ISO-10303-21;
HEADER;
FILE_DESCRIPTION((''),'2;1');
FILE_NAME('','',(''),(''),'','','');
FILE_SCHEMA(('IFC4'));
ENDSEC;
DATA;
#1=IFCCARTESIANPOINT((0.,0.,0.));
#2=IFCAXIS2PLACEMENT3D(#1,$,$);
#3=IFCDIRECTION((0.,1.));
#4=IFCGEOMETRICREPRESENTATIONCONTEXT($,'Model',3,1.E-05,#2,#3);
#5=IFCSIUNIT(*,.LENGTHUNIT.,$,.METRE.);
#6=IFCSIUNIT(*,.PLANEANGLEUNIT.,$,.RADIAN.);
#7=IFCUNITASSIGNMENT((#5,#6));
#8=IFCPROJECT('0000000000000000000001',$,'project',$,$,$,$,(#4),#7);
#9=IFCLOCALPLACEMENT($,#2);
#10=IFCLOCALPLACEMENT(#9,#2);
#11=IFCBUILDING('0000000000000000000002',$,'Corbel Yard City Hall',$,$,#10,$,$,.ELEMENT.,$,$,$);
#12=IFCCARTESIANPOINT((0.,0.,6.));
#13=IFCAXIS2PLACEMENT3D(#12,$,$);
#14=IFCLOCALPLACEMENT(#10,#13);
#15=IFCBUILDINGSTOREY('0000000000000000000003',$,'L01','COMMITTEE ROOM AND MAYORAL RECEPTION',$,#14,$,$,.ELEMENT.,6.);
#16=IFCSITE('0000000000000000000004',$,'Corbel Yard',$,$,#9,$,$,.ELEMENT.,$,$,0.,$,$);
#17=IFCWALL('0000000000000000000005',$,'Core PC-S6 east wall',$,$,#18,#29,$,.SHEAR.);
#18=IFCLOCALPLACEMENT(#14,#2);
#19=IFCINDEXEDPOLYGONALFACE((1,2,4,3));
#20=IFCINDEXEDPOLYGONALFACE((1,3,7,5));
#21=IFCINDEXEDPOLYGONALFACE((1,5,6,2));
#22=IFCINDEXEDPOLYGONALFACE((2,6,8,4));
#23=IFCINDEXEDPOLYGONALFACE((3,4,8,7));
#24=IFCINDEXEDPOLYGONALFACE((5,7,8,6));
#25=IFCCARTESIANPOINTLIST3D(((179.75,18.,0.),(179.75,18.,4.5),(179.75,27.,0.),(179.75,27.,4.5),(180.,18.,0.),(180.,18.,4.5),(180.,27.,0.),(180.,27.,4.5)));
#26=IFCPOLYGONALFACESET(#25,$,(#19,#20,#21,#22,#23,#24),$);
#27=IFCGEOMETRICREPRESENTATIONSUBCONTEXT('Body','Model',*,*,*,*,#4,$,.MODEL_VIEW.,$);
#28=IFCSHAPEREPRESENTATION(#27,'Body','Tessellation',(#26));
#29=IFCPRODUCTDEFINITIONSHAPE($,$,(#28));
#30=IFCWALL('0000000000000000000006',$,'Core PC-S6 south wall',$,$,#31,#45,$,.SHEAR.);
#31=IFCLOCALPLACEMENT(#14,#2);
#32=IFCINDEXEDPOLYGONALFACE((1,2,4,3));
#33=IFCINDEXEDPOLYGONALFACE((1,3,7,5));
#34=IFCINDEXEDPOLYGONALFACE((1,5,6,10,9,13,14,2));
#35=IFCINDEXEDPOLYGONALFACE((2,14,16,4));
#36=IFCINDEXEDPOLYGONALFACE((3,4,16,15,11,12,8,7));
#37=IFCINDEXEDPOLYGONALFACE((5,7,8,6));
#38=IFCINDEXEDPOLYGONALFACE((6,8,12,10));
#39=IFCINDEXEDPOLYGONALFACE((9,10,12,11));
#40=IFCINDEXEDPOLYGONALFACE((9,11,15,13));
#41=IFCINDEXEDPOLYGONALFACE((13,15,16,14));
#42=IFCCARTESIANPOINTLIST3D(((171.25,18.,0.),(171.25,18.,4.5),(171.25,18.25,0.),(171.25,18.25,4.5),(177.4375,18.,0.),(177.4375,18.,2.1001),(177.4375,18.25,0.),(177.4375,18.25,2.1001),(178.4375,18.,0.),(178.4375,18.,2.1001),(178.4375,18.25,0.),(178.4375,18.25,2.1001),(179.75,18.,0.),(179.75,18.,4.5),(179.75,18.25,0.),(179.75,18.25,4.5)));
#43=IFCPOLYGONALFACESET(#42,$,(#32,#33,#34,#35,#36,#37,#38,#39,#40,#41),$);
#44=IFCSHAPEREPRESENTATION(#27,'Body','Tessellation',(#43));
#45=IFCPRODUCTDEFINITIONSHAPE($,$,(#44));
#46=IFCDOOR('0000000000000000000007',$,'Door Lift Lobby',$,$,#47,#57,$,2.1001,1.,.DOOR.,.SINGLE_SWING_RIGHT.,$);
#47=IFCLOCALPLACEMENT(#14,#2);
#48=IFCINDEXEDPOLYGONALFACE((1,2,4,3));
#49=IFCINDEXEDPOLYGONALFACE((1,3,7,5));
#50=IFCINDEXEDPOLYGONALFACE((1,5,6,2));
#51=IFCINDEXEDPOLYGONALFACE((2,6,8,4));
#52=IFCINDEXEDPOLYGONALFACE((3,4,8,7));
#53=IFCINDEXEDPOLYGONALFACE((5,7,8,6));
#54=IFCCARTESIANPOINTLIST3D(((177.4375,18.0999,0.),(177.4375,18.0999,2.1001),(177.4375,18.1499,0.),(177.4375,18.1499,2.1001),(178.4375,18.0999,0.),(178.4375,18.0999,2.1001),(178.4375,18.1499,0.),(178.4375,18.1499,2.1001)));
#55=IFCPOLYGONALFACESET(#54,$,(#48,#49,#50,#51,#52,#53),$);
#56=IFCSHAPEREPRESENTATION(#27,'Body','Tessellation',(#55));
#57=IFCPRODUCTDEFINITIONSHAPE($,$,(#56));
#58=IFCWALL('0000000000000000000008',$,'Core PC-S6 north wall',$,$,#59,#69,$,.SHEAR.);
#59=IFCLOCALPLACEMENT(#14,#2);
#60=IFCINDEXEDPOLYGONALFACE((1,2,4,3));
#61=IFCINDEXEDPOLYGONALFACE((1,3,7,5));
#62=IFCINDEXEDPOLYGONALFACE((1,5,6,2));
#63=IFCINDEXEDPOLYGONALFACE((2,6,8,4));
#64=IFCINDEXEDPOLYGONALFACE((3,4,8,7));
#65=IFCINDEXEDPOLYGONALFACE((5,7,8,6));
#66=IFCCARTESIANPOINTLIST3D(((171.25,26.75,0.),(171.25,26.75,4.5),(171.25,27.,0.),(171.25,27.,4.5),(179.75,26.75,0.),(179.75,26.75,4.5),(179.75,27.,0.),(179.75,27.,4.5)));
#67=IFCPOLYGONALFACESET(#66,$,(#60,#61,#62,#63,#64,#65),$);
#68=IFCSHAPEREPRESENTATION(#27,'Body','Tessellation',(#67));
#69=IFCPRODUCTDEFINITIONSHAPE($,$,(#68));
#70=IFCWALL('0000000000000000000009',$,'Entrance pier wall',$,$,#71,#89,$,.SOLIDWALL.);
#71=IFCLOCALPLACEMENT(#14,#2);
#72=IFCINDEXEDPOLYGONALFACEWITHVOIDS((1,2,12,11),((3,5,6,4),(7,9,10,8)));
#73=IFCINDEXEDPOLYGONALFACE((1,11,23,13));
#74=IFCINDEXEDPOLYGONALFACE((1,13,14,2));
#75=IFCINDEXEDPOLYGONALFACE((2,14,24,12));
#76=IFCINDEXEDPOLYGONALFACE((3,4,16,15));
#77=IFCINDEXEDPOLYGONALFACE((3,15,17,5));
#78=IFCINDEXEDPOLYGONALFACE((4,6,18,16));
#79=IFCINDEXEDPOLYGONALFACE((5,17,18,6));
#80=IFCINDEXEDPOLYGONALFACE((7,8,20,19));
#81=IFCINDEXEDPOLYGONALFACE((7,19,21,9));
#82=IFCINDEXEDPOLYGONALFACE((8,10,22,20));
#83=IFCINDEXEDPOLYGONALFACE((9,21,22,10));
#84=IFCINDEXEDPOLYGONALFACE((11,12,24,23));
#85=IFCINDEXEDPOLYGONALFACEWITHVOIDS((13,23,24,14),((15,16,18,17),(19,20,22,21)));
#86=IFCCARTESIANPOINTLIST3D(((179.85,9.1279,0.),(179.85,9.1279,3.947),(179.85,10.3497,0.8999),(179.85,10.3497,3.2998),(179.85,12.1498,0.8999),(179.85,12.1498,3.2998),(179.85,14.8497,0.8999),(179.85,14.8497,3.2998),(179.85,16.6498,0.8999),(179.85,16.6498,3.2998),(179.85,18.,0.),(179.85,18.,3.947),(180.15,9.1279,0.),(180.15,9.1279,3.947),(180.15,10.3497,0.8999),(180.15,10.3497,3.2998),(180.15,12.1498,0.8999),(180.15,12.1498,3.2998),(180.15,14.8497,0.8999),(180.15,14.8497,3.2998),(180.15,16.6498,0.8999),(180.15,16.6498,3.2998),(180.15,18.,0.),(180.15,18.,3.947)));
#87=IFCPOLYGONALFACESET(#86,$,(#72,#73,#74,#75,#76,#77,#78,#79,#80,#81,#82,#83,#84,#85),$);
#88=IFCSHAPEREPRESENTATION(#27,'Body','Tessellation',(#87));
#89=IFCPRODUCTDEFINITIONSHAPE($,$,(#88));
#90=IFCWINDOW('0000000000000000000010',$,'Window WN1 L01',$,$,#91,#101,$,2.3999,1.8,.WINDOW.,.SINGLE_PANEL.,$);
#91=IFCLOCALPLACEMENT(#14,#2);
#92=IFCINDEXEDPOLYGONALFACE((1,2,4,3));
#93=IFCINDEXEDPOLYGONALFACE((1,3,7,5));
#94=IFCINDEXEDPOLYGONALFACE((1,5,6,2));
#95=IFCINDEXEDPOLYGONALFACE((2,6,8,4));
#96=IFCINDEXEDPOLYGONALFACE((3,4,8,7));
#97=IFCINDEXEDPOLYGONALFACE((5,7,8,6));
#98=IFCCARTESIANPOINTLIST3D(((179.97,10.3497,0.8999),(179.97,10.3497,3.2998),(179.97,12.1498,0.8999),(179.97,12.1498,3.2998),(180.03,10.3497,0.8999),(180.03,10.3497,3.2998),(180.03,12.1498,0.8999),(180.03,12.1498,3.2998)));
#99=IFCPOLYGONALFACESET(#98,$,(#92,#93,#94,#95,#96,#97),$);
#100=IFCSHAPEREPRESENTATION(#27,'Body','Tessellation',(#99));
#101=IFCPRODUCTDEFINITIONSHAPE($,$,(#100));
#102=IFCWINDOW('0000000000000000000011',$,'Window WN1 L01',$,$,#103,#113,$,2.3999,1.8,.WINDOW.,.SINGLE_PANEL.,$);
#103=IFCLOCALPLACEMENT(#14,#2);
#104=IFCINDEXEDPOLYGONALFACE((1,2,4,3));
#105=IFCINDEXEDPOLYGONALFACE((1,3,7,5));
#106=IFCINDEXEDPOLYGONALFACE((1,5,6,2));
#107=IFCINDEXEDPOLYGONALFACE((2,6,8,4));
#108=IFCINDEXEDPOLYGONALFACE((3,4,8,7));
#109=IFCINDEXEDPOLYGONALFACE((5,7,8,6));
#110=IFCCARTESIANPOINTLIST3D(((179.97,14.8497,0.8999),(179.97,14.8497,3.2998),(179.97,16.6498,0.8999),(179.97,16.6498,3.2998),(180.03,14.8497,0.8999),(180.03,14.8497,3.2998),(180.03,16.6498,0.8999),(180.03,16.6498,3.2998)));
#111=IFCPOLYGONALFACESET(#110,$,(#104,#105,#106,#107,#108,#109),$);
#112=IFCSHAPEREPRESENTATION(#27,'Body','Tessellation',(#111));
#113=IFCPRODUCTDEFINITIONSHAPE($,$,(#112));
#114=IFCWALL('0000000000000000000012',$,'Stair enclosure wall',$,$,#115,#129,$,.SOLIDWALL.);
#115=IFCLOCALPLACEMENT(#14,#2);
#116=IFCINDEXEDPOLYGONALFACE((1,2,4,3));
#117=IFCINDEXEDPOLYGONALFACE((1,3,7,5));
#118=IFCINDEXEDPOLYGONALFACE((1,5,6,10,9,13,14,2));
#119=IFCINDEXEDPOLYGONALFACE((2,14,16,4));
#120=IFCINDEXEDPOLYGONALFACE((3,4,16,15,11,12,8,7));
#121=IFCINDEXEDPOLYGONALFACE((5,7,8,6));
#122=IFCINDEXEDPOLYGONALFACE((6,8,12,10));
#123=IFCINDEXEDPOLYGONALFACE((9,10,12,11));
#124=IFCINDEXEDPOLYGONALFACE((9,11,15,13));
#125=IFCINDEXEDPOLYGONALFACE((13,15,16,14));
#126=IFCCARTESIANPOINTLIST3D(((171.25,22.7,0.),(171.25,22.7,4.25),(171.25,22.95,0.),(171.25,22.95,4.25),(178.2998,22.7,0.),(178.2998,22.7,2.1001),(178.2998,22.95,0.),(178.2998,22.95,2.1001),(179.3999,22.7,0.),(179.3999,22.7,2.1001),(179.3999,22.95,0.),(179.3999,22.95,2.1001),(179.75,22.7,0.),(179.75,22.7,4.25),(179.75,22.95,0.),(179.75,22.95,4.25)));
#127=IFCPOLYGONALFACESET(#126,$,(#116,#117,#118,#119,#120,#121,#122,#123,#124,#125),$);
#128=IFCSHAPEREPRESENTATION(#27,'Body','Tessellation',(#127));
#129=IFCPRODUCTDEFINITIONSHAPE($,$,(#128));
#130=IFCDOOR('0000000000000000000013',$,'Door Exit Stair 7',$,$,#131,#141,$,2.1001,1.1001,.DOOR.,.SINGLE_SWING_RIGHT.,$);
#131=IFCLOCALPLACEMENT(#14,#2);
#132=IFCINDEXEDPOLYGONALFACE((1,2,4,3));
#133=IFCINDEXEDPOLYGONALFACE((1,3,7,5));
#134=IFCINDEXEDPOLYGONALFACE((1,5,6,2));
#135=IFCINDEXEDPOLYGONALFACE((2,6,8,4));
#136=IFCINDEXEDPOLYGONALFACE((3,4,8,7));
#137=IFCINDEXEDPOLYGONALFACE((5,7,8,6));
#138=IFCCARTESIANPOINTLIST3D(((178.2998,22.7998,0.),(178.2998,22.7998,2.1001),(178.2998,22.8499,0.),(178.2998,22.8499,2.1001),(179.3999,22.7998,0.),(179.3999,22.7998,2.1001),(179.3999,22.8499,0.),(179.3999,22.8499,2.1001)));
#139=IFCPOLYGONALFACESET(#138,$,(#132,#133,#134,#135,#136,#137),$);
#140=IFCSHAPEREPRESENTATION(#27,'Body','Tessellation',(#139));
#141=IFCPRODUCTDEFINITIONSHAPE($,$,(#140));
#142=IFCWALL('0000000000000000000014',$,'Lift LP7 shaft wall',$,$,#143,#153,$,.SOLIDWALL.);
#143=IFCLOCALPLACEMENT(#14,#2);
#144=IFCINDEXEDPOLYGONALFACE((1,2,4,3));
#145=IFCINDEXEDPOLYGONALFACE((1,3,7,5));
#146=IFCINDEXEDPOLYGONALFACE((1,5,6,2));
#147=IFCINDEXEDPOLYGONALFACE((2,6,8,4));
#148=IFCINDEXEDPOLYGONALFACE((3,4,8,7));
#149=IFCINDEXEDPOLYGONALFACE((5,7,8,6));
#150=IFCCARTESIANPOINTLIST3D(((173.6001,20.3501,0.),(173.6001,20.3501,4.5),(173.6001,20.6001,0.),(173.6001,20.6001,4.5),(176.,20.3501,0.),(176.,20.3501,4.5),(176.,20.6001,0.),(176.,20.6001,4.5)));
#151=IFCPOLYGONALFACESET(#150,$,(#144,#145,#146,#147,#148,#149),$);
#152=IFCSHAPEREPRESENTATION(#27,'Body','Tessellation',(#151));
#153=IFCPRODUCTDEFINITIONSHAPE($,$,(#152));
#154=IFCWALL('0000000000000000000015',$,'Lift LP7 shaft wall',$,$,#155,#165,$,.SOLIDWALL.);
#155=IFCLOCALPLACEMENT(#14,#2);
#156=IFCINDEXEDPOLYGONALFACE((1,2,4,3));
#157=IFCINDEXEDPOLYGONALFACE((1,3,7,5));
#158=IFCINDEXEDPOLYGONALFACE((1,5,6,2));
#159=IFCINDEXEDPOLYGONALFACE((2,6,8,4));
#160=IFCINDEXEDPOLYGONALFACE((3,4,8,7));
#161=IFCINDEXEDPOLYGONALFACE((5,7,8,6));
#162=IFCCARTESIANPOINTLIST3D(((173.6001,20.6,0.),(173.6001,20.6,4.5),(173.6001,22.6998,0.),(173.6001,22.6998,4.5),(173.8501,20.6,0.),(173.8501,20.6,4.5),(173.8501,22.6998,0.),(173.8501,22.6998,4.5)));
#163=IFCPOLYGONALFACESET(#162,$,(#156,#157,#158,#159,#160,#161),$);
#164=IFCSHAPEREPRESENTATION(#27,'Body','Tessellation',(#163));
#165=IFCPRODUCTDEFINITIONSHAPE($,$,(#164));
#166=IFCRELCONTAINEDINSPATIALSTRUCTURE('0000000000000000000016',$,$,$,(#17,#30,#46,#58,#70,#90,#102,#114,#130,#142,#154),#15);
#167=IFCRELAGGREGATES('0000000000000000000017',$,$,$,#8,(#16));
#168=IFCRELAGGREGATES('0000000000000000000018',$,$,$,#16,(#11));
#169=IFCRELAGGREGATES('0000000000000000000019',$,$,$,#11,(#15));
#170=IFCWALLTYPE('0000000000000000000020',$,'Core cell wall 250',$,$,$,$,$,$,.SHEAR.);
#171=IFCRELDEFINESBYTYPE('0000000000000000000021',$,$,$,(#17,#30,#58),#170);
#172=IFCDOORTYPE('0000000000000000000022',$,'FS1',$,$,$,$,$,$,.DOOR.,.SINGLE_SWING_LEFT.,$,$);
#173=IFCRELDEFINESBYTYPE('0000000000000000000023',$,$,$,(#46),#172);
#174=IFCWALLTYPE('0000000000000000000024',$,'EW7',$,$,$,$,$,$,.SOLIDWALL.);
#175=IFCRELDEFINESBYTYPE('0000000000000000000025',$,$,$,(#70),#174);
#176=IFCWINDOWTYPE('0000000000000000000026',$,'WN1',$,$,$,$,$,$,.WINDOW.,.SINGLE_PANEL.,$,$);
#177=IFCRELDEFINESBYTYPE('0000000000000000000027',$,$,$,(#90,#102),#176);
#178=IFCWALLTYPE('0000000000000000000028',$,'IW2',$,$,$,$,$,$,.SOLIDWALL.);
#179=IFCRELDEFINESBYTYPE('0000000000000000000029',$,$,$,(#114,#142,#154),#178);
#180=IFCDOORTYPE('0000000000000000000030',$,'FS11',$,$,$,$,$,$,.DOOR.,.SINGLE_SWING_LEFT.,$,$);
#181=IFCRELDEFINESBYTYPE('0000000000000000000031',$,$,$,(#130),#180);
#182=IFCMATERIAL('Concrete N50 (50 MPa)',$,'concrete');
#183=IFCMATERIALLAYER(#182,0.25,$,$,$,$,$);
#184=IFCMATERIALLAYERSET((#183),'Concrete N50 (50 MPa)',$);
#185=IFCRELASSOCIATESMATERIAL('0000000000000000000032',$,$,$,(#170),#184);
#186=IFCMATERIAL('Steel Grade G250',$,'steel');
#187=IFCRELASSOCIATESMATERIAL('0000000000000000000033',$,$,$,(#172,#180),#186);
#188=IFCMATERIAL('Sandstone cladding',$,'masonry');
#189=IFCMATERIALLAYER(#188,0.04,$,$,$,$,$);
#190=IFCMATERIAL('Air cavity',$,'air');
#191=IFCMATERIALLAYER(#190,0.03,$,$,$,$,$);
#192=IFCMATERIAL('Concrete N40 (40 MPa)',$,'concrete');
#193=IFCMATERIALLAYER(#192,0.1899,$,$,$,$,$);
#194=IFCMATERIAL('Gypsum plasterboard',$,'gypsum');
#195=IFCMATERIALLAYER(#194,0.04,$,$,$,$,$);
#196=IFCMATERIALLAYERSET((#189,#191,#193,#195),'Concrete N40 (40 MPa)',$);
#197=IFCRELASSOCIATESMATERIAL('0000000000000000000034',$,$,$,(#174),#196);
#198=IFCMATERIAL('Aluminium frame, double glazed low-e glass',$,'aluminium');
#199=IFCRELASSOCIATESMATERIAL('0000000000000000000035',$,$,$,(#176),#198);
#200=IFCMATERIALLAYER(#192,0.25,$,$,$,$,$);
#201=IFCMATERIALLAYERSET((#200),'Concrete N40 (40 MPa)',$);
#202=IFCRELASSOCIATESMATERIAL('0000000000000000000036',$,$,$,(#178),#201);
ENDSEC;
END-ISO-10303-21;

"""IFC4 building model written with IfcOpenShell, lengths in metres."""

from ifc_helpers import new_model, si_unit, direction, frame, frame_2d, origin, place, context, subcontext, project, spatial, rectangle, extrude, material, layer, layer_set, type_object, element, fill, save


model = new_model("IFC4")

# Units and contexts
model_context = context("Model", 3, precision=1e-05, world=origin(), true_north=direction((0.0, 1.0)))
body_context = subcontext(model_context, "Body", "Model", "MODEL_VIEW")
ifc_project = project(units=[si_unit("LENGTHUNIT", "METRE"), si_unit("PLANEANGLEUNIT", "RADIAN")], contexts=[model_context])

# Site, building, storey
site_placement = place(None, origin())
site = spatial("IfcSite", under=ifc_project, at=site_placement, Name="Corbel Yard", CompositionType="ELEMENT", RefElevation=0.0)
building_placement = place(site_placement, origin())
building = spatial("IfcBuilding", under=site, at=building_placement, Name="Corbel Yard City Hall", CompositionType="ELEMENT")
storey_placement = place(building_placement, frame((0.0, 0.0, 6.0)))
storey = spatial("IfcBuildingStorey", under=building, at=storey_placement, Name="L01", Description="COMMITTEE ROOM AND MAYORAL RECEPTION", CompositionType="ELEMENT", Elevation=6.0)

# Wall
ifc_material_1 = material(Name="Concrete N50 (50 MPa)", Category="concrete")
ifc_layer_1 = layer(ifc_material_1, 0.25)
ifc_layer_set_1 = layer_set([ifc_layer_1], Name="Concrete N50 (50 MPa)")
wall_type_1 = type_object("IfcWallType", Name="Core cell wall 250", PredefinedType="SHEAR", material=ifc_layer_set_1)
wall_1_placement = place(storey_placement, frame((179.875, 18.0, 0.0), z_axis=(0.0, 0.0, 1.0), x_axis=(0.0, 1.0, 0.0)))
element("IfcWall", 1, at=wall_1_placement, inside=storey, type_object=wall_type_1, Name="Core PC-S6 east wall", PredefinedType="SHEAR", context=body_context, shape_type="SweptSolid", body=[
    extrude(rectangle(XDim=9.0, YDim=0.25, at=frame_2d((4.5, 0.0))), origin(), (0.0, 0.0, 1.0), 4.5),
])

# Wall, opening, door
wall_2_placement = place(storey_placement, frame((171.25, 18.125, 0.0), z_axis=(0.0, 0.0, 1.0), x_axis=(1.0, 0.0, 0.0)))
wall_2 = element("IfcWall", 2, at=wall_2_placement, inside=storey, type_object=wall_type_1, Name="Core PC-S6 south wall", PredefinedType="SHEAR", context=body_context, shape_type="SweptSolid", body=[
    extrude(rectangle(XDim=8.5, YDim=0.25, at=frame_2d((4.25, 0.0))), origin(), (0.0, 0.0, 1.0), 4.5),
])
opening_1_placement = place(wall_2_placement, frame((6.1875, 0.0, 0.0)))
opening_1 = element("IfcOpeningElement", 3, at=opening_1_placement, cuts=wall_2, PredefinedType="OPENING", context=body_context, shape_type="SweptSolid", body=[
    extrude(rectangle(XDim=1.0, YDim=2.1001, at=frame_2d((0.5, 1.05))), frame((0.0, 0.135, 0.0), z_axis=(0.0, -1.0, 0.0), x_axis=(1.0, 0.0, 0.0)), (0.0, 0.0, 1.0), 0.27),
])
ifc_material_2 = material(Name="Steel Grade G250", Category="steel")
door_type_1 = type_object("IfcDoorType", Name="FS1", OperationType="SINGLE_SWING_LEFT", PredefinedType="DOOR", material=ifc_material_2)
door_1_placement = place(opening_1_placement, origin())
door_1 = element("IfcDoor", 4, at=door_1_placement, inside=storey, type_object=door_type_1, Name="Door Lift Lobby", OperationType="SINGLE_SWING_RIGHT", OverallHeight=2.1001, OverallWidth=1.0, PredefinedType="DOOR", context=body_context, shape_type="SweptSolid", body=[
    extrude(rectangle(XDim=1.0, YDim=2.1001, at=frame_2d((0.5, 1.05))), frame((0.0, 0.0249, 0.0), z_axis=(0.0, -1.0, 0.0), x_axis=(1.0, 0.0, 0.0)), (0.0, 0.0, 1.0), 0.05),
])
fill(opening_1, door_1)

# Wall
wall_3_placement = place(storey_placement, frame((171.25, 26.875, 0.0), z_axis=(0.0, 0.0, 1.0), x_axis=(1.0, 0.0, 0.0)))
element("IfcWall", 5, at=wall_3_placement, inside=storey, type_object=wall_type_1, Name="Core PC-S6 north wall", PredefinedType="SHEAR", context=body_context, shape_type="SweptSolid", body=[
    extrude(rectangle(XDim=8.5, YDim=0.25, at=frame_2d((4.25, 0.0))), origin(), (0.0, 0.0, 1.0), 4.5),
])

# Wall, openings, windows
ifc_material_3 = material(Name="Sandstone cladding", Category="masonry")
ifc_layer_2 = layer(ifc_material_3, 0.04)
ifc_material_4 = material(Name="Air cavity", Category="air")
ifc_layer_3 = layer(ifc_material_4, 0.03)
ifc_material_5 = material(Name="Concrete N40 (40 MPa)", Category="concrete")
ifc_layer_4 = layer(ifc_material_5, 0.1899)
ifc_material_6 = material(Name="Gypsum plasterboard", Category="gypsum")
ifc_layer_5 = layer(ifc_material_6, 0.04)
ifc_layer_set_2 = layer_set([ifc_layer_2, ifc_layer_3, ifc_layer_4, ifc_layer_5], Name="Concrete N40 (40 MPa)")
wall_type_2 = type_object("IfcWallType", Name="EW7", PredefinedType="SOLIDWALL", material=ifc_layer_set_2)
wall_4_placement = place(storey_placement, frame((180.0, 9.1279, 0.0), z_axis=(0.0, 0.0, 1.0), x_axis=(0.0, 1.0, 0.0)))
wall_4 = element("IfcWall", 6, at=wall_4_placement, inside=storey, type_object=wall_type_2, Name="Entrance pier wall", PredefinedType="SOLIDWALL", context=body_context, shape_type="SweptSolid", body=[
    extrude(rectangle(XDim=8.8721, YDim=0.3, at=frame_2d((4.436, 0.0))), origin(), (0.0, 0.0, 1.0), 3.947),
])
opening_2_placement = place(wall_4_placement, frame((1.2219, 0.0, 0.8999)))
opening_2 = element("IfcOpeningElement", 7, at=opening_2_placement, cuts=wall_4, PredefinedType="OPENING", context=body_context, shape_type="SweptSolid", body=[
    extrude(rectangle(XDim=1.8, YDim=2.3999, at=frame_2d((0.8999, 1.2))), frame((0.0, 0.1599, 0.0), z_axis=(0.0, -1.0, 0.0), x_axis=(1.0, 0.0, 0.0)), (0.0, 0.0, 1.0), 0.3201),
])
opening_3_placement = place(wall_4_placement, frame((5.7219, 0.0, 0.8999)))
opening_3 = element("IfcOpeningElement", 8, at=opening_3_placement, cuts=wall_4, PredefinedType="OPENING", context=body_context, shape_type="SweptSolid", body=[
    extrude(rectangle(XDim=1.8, YDim=2.3999, at=frame_2d((0.8999, 1.2))), frame((0.0, 0.1599, 0.0), z_axis=(0.0, -1.0, 0.0), x_axis=(1.0, 0.0, 0.0)), (0.0, 0.0, 1.0), 0.3201),
])
ifc_material_7 = material(Name="Aluminium frame, double glazed low-e glass", Category="aluminium")
window_type = type_object("IfcWindowType", Name="WN1", PartitioningType="SINGLE_PANEL", PredefinedType="WINDOW", material=ifc_material_7)
window_1_placement = place(opening_2_placement, origin())
window_1 = element("IfcWindow", 9, at=window_1_placement, inside=storey, type_object=window_type, Name="Window WN1 L01", OverallHeight=2.3999, OverallWidth=1.8, PartitioningType="SINGLE_PANEL", PredefinedType="WINDOW", context=body_context, shape_type="SweptSolid", body=[
    extrude(rectangle(XDim=1.8, YDim=2.3999, at=frame_2d((0.8999, 1.2))), frame((0.0, 0.03, 0.0), z_axis=(0.0, -1.0, 0.0), x_axis=(1.0, 0.0, 0.0)), (0.0, 0.0, 1.0), 0.0601),
])
fill(opening_2, window_1)
window_2_placement = place(opening_3_placement, origin())
window_2 = element("IfcWindow", 10, at=window_2_placement, inside=storey, type_object=window_type, Name="Window WN1 L01", OverallHeight=2.3999, OverallWidth=1.8, PartitioningType="SINGLE_PANEL", PredefinedType="WINDOW", context=body_context, shape_type="SweptSolid", body=[
    extrude(rectangle(XDim=1.8, YDim=2.3999, at=frame_2d((0.8999, 1.2))), frame((0.0, 0.03, 0.0), z_axis=(0.0, -1.0, 0.0), x_axis=(1.0, 0.0, 0.0)), (0.0, 0.0, 1.0), 0.0601),
])
fill(opening_3, window_2)

# Wall, opening, door
ifc_layer_6 = layer(ifc_material_5, 0.25)
ifc_layer_set_3 = layer_set([ifc_layer_6], Name="Concrete N40 (40 MPa)")
wall_type_3 = type_object("IfcWallType", Name="IW2", PredefinedType="SOLIDWALL", material=ifc_layer_set_3)
wall_5_placement = place(storey_placement, frame((179.75, 22.825, 0.0), z_axis=(0.0, 0.0, 1.0), x_axis=(-1.0, 0.0, 0.0)))
wall_5 = element("IfcWall", 11, at=wall_5_placement, inside=storey, type_object=wall_type_3, Name="Stair enclosure wall", PredefinedType="SOLIDWALL", context=body_context, shape_type="SweptSolid", body=[
    extrude(rectangle(XDim=8.5, YDim=0.25, at=frame_2d((4.25, 0.0))), origin(), (0.0, 0.0, 1.0), 4.25),
])
opening_4_placement = place(wall_5_placement, frame((0.3501, 0.0, 0.0)))
opening_4 = element("IfcOpeningElement", 12, at=opening_4_placement, cuts=wall_5, PredefinedType="OPENING", context=body_context, shape_type="SweptSolid", body=[
    extrude(rectangle(XDim=1.1001, YDim=2.1001, at=frame_2d((0.55, 1.05))), frame((0.0, 0.135, 0.0), z_axis=(0.0, -1.0, 0.0), x_axis=(1.0, 0.0, 0.0)), (0.0, 0.0, 1.0), 0.27),
])
door_type_2 = type_object("IfcDoorType", Name="FS11", OperationType="SINGLE_SWING_LEFT", PredefinedType="DOOR", material=ifc_material_2)
door_2_placement = place(opening_4_placement, frame((1.1001, 0.0, 0.0), z_axis=(0.0, 0.0, 1.0), x_axis=(-1.0, 0.0, 0.0)))
door_2 = element("IfcDoor", 13, at=door_2_placement, inside=storey, type_object=door_type_2, Name="Door Exit Stair 7", OperationType="SINGLE_SWING_RIGHT", OverallHeight=2.1001, OverallWidth=1.1001, PredefinedType="DOOR", context=body_context, shape_type="SweptSolid", body=[
    extrude(rectangle(XDim=1.1001, YDim=2.1001, at=frame_2d((0.55, 1.05))), frame((0.0, 0.0249, 0.0), z_axis=(0.0, -1.0, 0.0), x_axis=(1.0, 0.0, 0.0)), (0.0, 0.0, 1.0), 0.05),
])
fill(opening_4, door_2)

# Walls
wall_6_placement = place(storey_placement, frame((173.6001, 20.4751, 0.0), z_axis=(0.0, 0.0, 1.0), x_axis=(1.0, 0.0, 0.0)))
element("IfcWall", 14, at=wall_6_placement, inside=storey, type_object=wall_type_3, Name="Lift LP7 shaft wall", PredefinedType="SOLIDWALL", context=body_context, shape_type="SweptSolid", body=[
    extrude(rectangle(XDim=2.3999, YDim=0.25, at=frame_2d((1.2, 0.0))), origin(), (0.0, 0.0, 1.0), 4.5),
])
wall_7_placement = place(storey_placement, frame((173.7251, 20.6001, 0.0), z_axis=(0.0, 0.0, 1.0), x_axis=(0.0, 1.0, 0.0)))
element("IfcWall", 15, at=wall_7_placement, inside=storey, type_object=wall_type_3, Name="Lift LP7 shaft wall", PredefinedType="SOLIDWALL", context=body_context, shape_type="SweptSolid", body=[
    extrude(rectangle(XDim=2.0999, YDim=0.25, at=frame_2d((1.0498, 0.0))), origin(), (0.0, 0.0, 1.0), 4.5),
])

save(model, "model.ifc")
